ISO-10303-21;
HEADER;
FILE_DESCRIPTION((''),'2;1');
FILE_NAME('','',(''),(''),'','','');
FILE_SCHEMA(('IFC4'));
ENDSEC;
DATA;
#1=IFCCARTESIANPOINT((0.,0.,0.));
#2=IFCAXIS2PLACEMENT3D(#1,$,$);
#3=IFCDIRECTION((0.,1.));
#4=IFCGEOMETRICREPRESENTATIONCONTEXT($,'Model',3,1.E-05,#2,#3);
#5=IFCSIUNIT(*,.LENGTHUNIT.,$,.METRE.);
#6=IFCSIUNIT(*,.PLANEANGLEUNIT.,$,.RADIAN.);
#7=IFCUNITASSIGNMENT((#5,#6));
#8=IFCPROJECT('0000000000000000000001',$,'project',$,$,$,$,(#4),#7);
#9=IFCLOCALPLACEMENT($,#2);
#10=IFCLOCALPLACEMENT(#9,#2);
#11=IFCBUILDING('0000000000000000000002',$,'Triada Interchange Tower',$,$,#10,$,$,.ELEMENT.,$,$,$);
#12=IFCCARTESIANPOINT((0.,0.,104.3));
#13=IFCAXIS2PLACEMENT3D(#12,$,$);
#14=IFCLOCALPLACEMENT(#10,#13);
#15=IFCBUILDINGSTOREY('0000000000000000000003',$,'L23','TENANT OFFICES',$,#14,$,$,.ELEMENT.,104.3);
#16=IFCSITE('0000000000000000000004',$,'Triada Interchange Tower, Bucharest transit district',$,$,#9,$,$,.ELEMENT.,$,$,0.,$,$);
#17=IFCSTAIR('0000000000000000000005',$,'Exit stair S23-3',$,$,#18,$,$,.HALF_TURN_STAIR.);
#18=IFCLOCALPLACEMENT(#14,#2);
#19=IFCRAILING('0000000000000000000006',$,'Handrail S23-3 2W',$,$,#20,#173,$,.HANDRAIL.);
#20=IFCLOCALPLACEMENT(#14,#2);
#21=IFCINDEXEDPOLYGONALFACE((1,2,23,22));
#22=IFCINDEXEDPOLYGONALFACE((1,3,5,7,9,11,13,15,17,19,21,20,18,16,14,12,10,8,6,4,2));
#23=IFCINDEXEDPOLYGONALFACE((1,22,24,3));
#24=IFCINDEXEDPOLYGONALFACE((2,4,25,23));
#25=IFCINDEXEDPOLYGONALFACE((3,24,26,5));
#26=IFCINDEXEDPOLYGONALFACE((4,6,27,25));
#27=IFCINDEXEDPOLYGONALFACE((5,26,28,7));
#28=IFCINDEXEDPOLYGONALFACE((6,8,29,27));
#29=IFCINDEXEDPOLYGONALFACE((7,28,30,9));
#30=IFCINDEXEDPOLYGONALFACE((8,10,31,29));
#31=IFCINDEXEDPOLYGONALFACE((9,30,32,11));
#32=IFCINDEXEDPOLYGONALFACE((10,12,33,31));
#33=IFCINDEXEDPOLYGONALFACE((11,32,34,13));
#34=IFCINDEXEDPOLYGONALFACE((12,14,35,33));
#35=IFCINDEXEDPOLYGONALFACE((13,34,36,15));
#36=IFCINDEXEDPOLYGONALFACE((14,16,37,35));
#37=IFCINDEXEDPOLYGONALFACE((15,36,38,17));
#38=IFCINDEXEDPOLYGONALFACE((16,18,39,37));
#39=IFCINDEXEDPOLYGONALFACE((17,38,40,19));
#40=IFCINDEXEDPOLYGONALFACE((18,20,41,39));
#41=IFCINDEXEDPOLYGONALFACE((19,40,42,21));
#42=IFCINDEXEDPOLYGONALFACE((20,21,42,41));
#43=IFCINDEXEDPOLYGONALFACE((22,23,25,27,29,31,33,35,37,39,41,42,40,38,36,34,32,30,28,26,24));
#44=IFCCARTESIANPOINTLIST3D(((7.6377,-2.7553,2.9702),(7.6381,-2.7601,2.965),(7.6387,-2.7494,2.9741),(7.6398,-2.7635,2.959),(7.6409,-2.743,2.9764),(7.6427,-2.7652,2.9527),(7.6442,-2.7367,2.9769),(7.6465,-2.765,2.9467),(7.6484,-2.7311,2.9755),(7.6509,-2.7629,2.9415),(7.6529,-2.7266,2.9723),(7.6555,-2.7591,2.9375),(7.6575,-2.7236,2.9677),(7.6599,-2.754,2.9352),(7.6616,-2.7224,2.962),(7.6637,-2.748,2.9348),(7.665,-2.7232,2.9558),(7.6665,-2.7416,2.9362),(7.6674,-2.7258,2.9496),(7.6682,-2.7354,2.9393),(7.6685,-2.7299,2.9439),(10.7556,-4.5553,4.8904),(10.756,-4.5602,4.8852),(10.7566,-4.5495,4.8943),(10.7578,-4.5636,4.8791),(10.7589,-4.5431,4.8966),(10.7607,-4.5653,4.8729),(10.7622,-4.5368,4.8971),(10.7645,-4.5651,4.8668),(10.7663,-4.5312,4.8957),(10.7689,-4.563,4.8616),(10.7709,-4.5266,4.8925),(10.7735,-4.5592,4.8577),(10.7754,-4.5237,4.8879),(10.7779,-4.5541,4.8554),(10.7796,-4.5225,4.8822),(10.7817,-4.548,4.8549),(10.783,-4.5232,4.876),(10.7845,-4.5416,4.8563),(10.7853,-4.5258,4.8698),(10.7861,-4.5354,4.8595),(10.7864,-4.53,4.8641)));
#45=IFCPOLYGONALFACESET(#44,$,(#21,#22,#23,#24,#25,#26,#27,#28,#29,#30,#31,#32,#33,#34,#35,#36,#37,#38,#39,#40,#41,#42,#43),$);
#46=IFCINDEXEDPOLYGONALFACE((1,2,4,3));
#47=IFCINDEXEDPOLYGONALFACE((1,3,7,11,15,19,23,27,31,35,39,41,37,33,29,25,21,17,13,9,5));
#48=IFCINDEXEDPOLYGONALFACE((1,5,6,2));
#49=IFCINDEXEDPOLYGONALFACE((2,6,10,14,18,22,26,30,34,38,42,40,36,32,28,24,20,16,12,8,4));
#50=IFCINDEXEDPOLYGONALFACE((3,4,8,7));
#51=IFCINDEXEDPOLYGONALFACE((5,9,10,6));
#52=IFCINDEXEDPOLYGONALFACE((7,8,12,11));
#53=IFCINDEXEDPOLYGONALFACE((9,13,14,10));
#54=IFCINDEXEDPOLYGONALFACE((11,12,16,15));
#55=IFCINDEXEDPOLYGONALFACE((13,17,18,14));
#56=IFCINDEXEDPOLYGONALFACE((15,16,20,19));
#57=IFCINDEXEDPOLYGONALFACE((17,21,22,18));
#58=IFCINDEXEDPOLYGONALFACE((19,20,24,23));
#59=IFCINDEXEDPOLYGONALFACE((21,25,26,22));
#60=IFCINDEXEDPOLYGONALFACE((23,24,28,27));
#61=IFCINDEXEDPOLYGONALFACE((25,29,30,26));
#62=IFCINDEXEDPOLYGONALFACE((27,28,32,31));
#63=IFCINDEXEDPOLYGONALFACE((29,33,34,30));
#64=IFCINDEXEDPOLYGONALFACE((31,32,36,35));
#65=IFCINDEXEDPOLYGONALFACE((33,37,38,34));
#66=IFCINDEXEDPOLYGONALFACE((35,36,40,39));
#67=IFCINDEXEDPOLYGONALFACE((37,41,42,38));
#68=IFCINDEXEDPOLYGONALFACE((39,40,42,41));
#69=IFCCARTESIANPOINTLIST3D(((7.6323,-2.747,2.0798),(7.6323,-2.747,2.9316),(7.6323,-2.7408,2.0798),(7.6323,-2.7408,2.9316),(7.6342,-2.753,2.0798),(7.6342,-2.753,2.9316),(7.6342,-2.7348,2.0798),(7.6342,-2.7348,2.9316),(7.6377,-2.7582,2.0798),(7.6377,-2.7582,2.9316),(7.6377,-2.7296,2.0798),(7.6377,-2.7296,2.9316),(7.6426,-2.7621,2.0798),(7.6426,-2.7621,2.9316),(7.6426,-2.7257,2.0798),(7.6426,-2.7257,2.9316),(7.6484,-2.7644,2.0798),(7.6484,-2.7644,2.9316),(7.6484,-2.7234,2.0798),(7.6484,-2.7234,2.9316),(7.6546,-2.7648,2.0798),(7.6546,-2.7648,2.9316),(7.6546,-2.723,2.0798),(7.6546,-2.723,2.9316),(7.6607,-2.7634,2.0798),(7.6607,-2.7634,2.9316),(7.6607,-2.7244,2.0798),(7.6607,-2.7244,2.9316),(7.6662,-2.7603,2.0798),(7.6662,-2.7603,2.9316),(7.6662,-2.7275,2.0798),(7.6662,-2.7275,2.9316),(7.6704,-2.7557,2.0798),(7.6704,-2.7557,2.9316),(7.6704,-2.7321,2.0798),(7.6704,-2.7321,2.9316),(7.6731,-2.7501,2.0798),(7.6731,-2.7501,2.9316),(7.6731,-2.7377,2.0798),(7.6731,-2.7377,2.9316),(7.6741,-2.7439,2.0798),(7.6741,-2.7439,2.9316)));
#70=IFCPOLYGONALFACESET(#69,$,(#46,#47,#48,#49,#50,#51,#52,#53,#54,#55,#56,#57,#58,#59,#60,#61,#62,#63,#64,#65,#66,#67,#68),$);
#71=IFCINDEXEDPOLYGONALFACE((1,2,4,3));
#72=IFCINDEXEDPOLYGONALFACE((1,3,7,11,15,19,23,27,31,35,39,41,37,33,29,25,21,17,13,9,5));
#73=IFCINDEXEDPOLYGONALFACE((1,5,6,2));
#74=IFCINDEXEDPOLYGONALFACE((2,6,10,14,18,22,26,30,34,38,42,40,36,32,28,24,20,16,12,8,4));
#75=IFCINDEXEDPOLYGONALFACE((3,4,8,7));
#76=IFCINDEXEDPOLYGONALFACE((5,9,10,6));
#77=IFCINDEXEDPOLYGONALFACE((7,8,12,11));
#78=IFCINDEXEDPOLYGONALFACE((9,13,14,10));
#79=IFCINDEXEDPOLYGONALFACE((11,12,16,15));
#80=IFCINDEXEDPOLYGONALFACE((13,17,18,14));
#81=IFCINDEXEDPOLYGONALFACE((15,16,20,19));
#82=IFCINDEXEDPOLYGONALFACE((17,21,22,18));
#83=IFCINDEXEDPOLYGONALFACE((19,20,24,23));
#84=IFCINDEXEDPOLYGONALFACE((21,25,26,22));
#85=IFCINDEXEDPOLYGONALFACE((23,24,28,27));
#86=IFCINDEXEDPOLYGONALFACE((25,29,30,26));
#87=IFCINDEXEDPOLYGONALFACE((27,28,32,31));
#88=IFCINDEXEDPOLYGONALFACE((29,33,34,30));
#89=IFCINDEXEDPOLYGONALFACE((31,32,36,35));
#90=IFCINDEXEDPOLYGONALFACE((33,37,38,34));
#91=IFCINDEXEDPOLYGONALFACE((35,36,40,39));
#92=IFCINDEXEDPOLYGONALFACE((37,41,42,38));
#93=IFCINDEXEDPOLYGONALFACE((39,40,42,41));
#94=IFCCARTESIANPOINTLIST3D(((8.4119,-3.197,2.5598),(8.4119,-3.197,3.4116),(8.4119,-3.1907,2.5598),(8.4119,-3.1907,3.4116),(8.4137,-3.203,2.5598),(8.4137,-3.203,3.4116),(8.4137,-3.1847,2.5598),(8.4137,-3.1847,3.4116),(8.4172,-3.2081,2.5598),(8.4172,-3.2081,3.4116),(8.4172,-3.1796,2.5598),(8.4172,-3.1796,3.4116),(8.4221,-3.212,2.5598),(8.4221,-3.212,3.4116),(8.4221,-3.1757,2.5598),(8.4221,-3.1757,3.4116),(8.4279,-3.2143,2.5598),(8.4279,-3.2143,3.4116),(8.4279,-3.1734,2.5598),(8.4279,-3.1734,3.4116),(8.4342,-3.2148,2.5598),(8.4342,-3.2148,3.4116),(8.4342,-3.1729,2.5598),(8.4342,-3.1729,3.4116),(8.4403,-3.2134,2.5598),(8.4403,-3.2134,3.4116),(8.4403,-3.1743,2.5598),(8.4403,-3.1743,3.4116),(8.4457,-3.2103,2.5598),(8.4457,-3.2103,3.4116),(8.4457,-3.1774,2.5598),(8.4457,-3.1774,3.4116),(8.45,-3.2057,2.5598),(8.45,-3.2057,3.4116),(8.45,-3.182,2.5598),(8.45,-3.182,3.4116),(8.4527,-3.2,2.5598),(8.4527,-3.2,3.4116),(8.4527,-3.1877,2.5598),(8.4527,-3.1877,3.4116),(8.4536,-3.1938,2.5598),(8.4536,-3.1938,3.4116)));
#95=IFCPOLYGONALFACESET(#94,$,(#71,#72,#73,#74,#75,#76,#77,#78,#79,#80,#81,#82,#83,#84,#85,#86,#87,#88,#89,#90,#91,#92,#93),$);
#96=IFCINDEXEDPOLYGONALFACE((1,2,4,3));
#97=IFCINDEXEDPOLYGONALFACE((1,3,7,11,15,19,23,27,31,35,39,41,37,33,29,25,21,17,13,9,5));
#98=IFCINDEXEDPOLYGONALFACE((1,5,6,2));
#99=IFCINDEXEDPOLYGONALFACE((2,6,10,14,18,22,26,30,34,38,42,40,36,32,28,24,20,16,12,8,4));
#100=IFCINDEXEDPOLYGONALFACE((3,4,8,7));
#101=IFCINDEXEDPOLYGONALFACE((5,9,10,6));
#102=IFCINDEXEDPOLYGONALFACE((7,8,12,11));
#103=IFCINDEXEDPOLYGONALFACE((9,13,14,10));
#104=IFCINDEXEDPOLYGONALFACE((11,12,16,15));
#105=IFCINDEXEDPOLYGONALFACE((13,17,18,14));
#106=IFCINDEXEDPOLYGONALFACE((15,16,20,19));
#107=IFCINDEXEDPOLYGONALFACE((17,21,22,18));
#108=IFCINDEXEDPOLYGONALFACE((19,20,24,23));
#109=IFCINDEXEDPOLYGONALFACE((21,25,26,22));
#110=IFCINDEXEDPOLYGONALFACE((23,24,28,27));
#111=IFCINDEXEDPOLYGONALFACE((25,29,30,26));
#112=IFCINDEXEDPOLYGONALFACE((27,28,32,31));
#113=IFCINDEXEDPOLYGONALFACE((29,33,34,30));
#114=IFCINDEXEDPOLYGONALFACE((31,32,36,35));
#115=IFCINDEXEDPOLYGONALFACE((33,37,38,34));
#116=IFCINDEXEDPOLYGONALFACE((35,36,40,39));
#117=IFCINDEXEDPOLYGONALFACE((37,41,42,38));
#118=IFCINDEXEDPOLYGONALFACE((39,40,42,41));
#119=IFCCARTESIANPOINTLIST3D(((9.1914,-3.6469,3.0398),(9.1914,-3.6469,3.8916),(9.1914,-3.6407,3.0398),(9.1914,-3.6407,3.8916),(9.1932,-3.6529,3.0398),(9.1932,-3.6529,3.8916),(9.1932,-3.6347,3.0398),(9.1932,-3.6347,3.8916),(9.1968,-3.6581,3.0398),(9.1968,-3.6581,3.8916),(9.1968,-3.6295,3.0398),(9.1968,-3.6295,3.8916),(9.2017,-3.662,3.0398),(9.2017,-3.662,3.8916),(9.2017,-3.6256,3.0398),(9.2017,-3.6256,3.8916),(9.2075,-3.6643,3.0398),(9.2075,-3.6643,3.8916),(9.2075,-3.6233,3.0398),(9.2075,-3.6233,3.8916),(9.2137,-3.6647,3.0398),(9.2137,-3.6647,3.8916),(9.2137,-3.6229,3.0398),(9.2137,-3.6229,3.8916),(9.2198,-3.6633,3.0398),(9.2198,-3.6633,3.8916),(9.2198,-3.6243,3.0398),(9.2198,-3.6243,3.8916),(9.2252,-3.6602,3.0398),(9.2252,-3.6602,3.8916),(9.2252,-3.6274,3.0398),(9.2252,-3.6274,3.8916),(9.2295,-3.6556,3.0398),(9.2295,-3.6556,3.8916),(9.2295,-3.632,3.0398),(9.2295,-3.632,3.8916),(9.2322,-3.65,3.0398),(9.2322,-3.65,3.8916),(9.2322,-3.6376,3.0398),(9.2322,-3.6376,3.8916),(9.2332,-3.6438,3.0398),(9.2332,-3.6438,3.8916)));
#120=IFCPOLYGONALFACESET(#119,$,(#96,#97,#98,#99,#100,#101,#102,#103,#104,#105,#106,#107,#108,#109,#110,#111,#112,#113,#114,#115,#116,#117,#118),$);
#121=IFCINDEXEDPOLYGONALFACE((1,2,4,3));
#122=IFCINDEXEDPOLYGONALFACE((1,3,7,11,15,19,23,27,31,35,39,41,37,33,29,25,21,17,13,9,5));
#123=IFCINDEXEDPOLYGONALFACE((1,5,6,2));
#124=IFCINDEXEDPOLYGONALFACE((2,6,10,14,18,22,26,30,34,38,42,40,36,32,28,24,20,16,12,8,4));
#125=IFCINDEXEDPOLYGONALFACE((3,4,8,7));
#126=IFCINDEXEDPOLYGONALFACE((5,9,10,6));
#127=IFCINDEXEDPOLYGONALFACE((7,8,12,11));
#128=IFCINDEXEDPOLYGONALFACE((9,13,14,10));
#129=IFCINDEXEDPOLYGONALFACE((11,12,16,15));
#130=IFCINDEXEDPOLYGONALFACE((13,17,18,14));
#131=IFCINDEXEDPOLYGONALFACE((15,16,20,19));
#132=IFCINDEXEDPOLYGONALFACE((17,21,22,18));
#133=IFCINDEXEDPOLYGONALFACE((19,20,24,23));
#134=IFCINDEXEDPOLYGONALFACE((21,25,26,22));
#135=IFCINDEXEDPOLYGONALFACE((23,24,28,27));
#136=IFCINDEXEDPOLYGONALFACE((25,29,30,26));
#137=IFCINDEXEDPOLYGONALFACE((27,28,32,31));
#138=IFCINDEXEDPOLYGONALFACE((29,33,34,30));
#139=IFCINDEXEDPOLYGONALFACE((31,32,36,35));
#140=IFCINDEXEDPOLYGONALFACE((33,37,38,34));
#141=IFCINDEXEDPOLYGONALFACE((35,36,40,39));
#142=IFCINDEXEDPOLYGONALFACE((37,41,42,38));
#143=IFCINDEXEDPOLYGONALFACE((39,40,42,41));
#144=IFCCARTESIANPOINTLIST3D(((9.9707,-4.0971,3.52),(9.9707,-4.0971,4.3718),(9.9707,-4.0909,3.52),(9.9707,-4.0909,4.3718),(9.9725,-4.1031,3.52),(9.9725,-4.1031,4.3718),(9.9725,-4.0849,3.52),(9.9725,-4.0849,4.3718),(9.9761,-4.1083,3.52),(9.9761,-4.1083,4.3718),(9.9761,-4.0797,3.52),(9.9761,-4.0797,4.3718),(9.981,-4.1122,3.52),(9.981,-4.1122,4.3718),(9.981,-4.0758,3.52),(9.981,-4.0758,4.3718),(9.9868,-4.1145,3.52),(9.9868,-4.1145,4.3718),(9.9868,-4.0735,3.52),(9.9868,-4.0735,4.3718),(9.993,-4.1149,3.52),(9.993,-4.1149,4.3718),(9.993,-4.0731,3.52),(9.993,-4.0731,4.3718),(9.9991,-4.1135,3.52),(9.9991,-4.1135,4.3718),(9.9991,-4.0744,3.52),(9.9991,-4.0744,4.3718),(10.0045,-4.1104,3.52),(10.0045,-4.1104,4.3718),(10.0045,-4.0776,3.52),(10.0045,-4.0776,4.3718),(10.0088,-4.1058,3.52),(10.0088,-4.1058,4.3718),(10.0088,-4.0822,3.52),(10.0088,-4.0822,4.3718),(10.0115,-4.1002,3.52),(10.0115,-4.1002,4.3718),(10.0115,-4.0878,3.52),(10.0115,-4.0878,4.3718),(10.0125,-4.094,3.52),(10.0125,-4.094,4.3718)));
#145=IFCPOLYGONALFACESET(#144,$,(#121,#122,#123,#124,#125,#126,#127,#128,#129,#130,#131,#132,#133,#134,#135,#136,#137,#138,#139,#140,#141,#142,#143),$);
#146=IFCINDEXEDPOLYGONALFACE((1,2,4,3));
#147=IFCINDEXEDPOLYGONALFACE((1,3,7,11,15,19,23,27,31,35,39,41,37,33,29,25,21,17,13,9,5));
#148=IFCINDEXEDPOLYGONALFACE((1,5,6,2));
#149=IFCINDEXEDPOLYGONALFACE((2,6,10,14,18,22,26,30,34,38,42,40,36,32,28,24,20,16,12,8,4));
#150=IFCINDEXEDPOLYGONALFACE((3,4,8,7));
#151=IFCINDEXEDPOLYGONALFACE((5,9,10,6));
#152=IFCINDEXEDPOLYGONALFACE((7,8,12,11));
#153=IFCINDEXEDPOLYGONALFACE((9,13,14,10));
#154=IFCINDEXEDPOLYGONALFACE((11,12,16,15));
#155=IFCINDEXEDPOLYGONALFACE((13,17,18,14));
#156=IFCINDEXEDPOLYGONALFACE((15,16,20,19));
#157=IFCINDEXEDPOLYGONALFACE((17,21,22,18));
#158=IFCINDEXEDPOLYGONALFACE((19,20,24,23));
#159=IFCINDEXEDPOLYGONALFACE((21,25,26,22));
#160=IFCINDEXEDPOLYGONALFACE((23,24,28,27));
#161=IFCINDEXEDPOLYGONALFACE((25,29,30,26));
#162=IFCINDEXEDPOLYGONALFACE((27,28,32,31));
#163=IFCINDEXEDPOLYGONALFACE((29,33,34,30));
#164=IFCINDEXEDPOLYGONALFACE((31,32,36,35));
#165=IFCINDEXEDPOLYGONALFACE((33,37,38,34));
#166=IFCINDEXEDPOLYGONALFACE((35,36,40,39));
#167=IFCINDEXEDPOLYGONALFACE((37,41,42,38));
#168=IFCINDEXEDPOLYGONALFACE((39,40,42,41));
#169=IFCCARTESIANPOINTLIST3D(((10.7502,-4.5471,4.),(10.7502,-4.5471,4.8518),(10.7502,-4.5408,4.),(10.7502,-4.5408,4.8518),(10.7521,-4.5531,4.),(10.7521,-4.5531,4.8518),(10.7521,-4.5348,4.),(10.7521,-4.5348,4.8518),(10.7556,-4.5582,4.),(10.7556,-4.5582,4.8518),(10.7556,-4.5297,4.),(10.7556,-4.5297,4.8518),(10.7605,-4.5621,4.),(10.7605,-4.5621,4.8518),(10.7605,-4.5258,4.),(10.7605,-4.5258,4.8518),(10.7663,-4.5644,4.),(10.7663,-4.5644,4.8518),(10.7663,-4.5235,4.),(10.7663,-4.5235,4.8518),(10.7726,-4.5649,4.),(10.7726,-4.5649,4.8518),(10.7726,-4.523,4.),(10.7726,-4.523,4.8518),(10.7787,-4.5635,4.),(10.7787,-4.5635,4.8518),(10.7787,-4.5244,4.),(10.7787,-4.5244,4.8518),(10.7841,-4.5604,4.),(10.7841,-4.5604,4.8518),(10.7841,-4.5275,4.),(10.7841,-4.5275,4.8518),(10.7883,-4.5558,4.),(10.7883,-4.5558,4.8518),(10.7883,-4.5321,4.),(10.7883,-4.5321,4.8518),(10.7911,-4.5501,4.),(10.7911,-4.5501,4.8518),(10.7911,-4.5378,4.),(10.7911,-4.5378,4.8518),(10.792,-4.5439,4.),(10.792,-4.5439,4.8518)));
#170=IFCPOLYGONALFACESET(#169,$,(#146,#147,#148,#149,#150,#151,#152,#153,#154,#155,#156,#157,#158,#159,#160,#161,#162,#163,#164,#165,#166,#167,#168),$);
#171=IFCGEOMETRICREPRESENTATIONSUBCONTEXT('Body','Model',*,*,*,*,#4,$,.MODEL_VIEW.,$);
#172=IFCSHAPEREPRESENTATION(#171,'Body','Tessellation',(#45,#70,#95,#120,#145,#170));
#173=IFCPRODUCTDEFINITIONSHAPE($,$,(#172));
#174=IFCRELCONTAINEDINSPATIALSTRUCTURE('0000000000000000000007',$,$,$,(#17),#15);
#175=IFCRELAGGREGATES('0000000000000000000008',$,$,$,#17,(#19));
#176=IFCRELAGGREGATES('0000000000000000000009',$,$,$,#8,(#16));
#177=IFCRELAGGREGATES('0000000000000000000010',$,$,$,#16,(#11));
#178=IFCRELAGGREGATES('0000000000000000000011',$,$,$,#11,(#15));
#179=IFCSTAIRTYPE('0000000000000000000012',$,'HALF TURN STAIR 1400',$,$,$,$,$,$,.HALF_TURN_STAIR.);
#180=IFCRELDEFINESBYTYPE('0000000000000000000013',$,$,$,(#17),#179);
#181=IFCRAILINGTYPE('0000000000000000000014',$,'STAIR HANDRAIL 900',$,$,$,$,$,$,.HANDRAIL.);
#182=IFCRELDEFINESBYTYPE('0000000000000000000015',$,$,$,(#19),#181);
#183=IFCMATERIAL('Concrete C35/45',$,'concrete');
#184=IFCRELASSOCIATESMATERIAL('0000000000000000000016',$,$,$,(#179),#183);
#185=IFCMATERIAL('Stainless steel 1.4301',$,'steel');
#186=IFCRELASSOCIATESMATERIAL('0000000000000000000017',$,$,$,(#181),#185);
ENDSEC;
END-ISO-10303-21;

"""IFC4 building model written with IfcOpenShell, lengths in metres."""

from ifc_helpers import new_model, si_unit, direction, frame, origin, origin_2d, place, context, subcontext, project, spatial, circle, extrude, material, type_object, element, aggregate, save


model = new_model("IFC4")

# Units and contexts
model_context = context("Model", 3, precision=1e-05, world=origin(), true_north=direction((0.0, 1.0)))
body_context = subcontext(model_context, "Body", "Model", "MODEL_VIEW")
ifc_project = project(units=[si_unit("LENGTHUNIT", "METRE"), si_unit("PLANEANGLEUNIT", "RADIAN")], contexts=[model_context])

# Site, building, storey
site_placement = place(None, origin())
site = spatial("IfcSite", under=ifc_project, at=site_placement, Name="Triada Interchange Tower, Bucharest transit district", CompositionType="ELEMENT", RefElevation=0.0)
building_placement = place(site_placement, origin())
building = spatial("IfcBuilding", under=site, at=building_placement, Name="Triada Interchange Tower", CompositionType="ELEMENT")
storey_placement = place(building_placement, frame((0.0, 0.0, 104.3)))
storey = spatial("IfcBuildingStorey", under=building, at=storey_placement, Name="L23", Description="TENANT OFFICES", CompositionType="ELEMENT", Elevation=104.3)

# Stair, railing
ifc_material_1 = material(Name="Concrete C35/45", Category="concrete")
stair_type = type_object("IfcStairType", Name="HALF TURN STAIR 1400", PredefinedType="HALF_TURN_STAIR", material=ifc_material_1)
stair_placement = place(storey_placement, origin())
stair = element("IfcStair", 1, at=stair_placement, inside=storey, type_object=stair_type, Name="Exit stair S23-3", PredefinedType="HALF_TURN_STAIR")
ifc_material_2 = material(Name="Stainless steel 1.4301", Category="steel")
railing_type = type_object("IfcRailingType", Name="STAIR HANDRAIL 900", PredefinedType="HANDRAIL", material=ifc_material_2)
railing_1_placement = place(storey_placement, frame((7.6531, -2.7439, 2.0798)))
railing_1 = element("IfcRailing", 2, at=railing_1_placement, type_object=railing_type, Name="Handrail S23-3 2W", PredefinedType="HANDRAIL", context=body_context, shape_type="SweptSolid", body=[
    extrude(circle(Radius=0.0239, at=origin_2d()), frame((0.0, 0.0, 0.876), z_axis=(0.764145, -0.441159, 0.470597), x_axis=(0.499983, 0.866035, 0.0)), (0.0, 0.0, 1.0), 4.0803),
    extrude(circle(Radius=0.021, at=origin_2d()), origin(), (0.0, 0.0, 1.0), 0.8518),
    extrude(circle(Radius=0.021, at=origin_2d()), frame((0.7795, -0.45, 0.48)), (0.0, 0.0, 1.0), 0.8518),
    extrude(circle(Radius=0.021, at=origin_2d()), frame((1.5591, -0.8999, 0.96)), (0.0, 0.0, 1.0), 0.8518),
    extrude(circle(Radius=0.021, at=origin_2d()), frame((2.3384, -1.3501, 1.4402)), (0.0, 0.0, 1.0), 0.8518),
    extrude(circle(Radius=0.021, at=origin_2d()), frame((3.1179, -1.8, 1.9202)), (0.0, 0.0, 1.0), 0.8518),
])
aggregate(stair, [railing_1])

save(model, "model.ifc")
